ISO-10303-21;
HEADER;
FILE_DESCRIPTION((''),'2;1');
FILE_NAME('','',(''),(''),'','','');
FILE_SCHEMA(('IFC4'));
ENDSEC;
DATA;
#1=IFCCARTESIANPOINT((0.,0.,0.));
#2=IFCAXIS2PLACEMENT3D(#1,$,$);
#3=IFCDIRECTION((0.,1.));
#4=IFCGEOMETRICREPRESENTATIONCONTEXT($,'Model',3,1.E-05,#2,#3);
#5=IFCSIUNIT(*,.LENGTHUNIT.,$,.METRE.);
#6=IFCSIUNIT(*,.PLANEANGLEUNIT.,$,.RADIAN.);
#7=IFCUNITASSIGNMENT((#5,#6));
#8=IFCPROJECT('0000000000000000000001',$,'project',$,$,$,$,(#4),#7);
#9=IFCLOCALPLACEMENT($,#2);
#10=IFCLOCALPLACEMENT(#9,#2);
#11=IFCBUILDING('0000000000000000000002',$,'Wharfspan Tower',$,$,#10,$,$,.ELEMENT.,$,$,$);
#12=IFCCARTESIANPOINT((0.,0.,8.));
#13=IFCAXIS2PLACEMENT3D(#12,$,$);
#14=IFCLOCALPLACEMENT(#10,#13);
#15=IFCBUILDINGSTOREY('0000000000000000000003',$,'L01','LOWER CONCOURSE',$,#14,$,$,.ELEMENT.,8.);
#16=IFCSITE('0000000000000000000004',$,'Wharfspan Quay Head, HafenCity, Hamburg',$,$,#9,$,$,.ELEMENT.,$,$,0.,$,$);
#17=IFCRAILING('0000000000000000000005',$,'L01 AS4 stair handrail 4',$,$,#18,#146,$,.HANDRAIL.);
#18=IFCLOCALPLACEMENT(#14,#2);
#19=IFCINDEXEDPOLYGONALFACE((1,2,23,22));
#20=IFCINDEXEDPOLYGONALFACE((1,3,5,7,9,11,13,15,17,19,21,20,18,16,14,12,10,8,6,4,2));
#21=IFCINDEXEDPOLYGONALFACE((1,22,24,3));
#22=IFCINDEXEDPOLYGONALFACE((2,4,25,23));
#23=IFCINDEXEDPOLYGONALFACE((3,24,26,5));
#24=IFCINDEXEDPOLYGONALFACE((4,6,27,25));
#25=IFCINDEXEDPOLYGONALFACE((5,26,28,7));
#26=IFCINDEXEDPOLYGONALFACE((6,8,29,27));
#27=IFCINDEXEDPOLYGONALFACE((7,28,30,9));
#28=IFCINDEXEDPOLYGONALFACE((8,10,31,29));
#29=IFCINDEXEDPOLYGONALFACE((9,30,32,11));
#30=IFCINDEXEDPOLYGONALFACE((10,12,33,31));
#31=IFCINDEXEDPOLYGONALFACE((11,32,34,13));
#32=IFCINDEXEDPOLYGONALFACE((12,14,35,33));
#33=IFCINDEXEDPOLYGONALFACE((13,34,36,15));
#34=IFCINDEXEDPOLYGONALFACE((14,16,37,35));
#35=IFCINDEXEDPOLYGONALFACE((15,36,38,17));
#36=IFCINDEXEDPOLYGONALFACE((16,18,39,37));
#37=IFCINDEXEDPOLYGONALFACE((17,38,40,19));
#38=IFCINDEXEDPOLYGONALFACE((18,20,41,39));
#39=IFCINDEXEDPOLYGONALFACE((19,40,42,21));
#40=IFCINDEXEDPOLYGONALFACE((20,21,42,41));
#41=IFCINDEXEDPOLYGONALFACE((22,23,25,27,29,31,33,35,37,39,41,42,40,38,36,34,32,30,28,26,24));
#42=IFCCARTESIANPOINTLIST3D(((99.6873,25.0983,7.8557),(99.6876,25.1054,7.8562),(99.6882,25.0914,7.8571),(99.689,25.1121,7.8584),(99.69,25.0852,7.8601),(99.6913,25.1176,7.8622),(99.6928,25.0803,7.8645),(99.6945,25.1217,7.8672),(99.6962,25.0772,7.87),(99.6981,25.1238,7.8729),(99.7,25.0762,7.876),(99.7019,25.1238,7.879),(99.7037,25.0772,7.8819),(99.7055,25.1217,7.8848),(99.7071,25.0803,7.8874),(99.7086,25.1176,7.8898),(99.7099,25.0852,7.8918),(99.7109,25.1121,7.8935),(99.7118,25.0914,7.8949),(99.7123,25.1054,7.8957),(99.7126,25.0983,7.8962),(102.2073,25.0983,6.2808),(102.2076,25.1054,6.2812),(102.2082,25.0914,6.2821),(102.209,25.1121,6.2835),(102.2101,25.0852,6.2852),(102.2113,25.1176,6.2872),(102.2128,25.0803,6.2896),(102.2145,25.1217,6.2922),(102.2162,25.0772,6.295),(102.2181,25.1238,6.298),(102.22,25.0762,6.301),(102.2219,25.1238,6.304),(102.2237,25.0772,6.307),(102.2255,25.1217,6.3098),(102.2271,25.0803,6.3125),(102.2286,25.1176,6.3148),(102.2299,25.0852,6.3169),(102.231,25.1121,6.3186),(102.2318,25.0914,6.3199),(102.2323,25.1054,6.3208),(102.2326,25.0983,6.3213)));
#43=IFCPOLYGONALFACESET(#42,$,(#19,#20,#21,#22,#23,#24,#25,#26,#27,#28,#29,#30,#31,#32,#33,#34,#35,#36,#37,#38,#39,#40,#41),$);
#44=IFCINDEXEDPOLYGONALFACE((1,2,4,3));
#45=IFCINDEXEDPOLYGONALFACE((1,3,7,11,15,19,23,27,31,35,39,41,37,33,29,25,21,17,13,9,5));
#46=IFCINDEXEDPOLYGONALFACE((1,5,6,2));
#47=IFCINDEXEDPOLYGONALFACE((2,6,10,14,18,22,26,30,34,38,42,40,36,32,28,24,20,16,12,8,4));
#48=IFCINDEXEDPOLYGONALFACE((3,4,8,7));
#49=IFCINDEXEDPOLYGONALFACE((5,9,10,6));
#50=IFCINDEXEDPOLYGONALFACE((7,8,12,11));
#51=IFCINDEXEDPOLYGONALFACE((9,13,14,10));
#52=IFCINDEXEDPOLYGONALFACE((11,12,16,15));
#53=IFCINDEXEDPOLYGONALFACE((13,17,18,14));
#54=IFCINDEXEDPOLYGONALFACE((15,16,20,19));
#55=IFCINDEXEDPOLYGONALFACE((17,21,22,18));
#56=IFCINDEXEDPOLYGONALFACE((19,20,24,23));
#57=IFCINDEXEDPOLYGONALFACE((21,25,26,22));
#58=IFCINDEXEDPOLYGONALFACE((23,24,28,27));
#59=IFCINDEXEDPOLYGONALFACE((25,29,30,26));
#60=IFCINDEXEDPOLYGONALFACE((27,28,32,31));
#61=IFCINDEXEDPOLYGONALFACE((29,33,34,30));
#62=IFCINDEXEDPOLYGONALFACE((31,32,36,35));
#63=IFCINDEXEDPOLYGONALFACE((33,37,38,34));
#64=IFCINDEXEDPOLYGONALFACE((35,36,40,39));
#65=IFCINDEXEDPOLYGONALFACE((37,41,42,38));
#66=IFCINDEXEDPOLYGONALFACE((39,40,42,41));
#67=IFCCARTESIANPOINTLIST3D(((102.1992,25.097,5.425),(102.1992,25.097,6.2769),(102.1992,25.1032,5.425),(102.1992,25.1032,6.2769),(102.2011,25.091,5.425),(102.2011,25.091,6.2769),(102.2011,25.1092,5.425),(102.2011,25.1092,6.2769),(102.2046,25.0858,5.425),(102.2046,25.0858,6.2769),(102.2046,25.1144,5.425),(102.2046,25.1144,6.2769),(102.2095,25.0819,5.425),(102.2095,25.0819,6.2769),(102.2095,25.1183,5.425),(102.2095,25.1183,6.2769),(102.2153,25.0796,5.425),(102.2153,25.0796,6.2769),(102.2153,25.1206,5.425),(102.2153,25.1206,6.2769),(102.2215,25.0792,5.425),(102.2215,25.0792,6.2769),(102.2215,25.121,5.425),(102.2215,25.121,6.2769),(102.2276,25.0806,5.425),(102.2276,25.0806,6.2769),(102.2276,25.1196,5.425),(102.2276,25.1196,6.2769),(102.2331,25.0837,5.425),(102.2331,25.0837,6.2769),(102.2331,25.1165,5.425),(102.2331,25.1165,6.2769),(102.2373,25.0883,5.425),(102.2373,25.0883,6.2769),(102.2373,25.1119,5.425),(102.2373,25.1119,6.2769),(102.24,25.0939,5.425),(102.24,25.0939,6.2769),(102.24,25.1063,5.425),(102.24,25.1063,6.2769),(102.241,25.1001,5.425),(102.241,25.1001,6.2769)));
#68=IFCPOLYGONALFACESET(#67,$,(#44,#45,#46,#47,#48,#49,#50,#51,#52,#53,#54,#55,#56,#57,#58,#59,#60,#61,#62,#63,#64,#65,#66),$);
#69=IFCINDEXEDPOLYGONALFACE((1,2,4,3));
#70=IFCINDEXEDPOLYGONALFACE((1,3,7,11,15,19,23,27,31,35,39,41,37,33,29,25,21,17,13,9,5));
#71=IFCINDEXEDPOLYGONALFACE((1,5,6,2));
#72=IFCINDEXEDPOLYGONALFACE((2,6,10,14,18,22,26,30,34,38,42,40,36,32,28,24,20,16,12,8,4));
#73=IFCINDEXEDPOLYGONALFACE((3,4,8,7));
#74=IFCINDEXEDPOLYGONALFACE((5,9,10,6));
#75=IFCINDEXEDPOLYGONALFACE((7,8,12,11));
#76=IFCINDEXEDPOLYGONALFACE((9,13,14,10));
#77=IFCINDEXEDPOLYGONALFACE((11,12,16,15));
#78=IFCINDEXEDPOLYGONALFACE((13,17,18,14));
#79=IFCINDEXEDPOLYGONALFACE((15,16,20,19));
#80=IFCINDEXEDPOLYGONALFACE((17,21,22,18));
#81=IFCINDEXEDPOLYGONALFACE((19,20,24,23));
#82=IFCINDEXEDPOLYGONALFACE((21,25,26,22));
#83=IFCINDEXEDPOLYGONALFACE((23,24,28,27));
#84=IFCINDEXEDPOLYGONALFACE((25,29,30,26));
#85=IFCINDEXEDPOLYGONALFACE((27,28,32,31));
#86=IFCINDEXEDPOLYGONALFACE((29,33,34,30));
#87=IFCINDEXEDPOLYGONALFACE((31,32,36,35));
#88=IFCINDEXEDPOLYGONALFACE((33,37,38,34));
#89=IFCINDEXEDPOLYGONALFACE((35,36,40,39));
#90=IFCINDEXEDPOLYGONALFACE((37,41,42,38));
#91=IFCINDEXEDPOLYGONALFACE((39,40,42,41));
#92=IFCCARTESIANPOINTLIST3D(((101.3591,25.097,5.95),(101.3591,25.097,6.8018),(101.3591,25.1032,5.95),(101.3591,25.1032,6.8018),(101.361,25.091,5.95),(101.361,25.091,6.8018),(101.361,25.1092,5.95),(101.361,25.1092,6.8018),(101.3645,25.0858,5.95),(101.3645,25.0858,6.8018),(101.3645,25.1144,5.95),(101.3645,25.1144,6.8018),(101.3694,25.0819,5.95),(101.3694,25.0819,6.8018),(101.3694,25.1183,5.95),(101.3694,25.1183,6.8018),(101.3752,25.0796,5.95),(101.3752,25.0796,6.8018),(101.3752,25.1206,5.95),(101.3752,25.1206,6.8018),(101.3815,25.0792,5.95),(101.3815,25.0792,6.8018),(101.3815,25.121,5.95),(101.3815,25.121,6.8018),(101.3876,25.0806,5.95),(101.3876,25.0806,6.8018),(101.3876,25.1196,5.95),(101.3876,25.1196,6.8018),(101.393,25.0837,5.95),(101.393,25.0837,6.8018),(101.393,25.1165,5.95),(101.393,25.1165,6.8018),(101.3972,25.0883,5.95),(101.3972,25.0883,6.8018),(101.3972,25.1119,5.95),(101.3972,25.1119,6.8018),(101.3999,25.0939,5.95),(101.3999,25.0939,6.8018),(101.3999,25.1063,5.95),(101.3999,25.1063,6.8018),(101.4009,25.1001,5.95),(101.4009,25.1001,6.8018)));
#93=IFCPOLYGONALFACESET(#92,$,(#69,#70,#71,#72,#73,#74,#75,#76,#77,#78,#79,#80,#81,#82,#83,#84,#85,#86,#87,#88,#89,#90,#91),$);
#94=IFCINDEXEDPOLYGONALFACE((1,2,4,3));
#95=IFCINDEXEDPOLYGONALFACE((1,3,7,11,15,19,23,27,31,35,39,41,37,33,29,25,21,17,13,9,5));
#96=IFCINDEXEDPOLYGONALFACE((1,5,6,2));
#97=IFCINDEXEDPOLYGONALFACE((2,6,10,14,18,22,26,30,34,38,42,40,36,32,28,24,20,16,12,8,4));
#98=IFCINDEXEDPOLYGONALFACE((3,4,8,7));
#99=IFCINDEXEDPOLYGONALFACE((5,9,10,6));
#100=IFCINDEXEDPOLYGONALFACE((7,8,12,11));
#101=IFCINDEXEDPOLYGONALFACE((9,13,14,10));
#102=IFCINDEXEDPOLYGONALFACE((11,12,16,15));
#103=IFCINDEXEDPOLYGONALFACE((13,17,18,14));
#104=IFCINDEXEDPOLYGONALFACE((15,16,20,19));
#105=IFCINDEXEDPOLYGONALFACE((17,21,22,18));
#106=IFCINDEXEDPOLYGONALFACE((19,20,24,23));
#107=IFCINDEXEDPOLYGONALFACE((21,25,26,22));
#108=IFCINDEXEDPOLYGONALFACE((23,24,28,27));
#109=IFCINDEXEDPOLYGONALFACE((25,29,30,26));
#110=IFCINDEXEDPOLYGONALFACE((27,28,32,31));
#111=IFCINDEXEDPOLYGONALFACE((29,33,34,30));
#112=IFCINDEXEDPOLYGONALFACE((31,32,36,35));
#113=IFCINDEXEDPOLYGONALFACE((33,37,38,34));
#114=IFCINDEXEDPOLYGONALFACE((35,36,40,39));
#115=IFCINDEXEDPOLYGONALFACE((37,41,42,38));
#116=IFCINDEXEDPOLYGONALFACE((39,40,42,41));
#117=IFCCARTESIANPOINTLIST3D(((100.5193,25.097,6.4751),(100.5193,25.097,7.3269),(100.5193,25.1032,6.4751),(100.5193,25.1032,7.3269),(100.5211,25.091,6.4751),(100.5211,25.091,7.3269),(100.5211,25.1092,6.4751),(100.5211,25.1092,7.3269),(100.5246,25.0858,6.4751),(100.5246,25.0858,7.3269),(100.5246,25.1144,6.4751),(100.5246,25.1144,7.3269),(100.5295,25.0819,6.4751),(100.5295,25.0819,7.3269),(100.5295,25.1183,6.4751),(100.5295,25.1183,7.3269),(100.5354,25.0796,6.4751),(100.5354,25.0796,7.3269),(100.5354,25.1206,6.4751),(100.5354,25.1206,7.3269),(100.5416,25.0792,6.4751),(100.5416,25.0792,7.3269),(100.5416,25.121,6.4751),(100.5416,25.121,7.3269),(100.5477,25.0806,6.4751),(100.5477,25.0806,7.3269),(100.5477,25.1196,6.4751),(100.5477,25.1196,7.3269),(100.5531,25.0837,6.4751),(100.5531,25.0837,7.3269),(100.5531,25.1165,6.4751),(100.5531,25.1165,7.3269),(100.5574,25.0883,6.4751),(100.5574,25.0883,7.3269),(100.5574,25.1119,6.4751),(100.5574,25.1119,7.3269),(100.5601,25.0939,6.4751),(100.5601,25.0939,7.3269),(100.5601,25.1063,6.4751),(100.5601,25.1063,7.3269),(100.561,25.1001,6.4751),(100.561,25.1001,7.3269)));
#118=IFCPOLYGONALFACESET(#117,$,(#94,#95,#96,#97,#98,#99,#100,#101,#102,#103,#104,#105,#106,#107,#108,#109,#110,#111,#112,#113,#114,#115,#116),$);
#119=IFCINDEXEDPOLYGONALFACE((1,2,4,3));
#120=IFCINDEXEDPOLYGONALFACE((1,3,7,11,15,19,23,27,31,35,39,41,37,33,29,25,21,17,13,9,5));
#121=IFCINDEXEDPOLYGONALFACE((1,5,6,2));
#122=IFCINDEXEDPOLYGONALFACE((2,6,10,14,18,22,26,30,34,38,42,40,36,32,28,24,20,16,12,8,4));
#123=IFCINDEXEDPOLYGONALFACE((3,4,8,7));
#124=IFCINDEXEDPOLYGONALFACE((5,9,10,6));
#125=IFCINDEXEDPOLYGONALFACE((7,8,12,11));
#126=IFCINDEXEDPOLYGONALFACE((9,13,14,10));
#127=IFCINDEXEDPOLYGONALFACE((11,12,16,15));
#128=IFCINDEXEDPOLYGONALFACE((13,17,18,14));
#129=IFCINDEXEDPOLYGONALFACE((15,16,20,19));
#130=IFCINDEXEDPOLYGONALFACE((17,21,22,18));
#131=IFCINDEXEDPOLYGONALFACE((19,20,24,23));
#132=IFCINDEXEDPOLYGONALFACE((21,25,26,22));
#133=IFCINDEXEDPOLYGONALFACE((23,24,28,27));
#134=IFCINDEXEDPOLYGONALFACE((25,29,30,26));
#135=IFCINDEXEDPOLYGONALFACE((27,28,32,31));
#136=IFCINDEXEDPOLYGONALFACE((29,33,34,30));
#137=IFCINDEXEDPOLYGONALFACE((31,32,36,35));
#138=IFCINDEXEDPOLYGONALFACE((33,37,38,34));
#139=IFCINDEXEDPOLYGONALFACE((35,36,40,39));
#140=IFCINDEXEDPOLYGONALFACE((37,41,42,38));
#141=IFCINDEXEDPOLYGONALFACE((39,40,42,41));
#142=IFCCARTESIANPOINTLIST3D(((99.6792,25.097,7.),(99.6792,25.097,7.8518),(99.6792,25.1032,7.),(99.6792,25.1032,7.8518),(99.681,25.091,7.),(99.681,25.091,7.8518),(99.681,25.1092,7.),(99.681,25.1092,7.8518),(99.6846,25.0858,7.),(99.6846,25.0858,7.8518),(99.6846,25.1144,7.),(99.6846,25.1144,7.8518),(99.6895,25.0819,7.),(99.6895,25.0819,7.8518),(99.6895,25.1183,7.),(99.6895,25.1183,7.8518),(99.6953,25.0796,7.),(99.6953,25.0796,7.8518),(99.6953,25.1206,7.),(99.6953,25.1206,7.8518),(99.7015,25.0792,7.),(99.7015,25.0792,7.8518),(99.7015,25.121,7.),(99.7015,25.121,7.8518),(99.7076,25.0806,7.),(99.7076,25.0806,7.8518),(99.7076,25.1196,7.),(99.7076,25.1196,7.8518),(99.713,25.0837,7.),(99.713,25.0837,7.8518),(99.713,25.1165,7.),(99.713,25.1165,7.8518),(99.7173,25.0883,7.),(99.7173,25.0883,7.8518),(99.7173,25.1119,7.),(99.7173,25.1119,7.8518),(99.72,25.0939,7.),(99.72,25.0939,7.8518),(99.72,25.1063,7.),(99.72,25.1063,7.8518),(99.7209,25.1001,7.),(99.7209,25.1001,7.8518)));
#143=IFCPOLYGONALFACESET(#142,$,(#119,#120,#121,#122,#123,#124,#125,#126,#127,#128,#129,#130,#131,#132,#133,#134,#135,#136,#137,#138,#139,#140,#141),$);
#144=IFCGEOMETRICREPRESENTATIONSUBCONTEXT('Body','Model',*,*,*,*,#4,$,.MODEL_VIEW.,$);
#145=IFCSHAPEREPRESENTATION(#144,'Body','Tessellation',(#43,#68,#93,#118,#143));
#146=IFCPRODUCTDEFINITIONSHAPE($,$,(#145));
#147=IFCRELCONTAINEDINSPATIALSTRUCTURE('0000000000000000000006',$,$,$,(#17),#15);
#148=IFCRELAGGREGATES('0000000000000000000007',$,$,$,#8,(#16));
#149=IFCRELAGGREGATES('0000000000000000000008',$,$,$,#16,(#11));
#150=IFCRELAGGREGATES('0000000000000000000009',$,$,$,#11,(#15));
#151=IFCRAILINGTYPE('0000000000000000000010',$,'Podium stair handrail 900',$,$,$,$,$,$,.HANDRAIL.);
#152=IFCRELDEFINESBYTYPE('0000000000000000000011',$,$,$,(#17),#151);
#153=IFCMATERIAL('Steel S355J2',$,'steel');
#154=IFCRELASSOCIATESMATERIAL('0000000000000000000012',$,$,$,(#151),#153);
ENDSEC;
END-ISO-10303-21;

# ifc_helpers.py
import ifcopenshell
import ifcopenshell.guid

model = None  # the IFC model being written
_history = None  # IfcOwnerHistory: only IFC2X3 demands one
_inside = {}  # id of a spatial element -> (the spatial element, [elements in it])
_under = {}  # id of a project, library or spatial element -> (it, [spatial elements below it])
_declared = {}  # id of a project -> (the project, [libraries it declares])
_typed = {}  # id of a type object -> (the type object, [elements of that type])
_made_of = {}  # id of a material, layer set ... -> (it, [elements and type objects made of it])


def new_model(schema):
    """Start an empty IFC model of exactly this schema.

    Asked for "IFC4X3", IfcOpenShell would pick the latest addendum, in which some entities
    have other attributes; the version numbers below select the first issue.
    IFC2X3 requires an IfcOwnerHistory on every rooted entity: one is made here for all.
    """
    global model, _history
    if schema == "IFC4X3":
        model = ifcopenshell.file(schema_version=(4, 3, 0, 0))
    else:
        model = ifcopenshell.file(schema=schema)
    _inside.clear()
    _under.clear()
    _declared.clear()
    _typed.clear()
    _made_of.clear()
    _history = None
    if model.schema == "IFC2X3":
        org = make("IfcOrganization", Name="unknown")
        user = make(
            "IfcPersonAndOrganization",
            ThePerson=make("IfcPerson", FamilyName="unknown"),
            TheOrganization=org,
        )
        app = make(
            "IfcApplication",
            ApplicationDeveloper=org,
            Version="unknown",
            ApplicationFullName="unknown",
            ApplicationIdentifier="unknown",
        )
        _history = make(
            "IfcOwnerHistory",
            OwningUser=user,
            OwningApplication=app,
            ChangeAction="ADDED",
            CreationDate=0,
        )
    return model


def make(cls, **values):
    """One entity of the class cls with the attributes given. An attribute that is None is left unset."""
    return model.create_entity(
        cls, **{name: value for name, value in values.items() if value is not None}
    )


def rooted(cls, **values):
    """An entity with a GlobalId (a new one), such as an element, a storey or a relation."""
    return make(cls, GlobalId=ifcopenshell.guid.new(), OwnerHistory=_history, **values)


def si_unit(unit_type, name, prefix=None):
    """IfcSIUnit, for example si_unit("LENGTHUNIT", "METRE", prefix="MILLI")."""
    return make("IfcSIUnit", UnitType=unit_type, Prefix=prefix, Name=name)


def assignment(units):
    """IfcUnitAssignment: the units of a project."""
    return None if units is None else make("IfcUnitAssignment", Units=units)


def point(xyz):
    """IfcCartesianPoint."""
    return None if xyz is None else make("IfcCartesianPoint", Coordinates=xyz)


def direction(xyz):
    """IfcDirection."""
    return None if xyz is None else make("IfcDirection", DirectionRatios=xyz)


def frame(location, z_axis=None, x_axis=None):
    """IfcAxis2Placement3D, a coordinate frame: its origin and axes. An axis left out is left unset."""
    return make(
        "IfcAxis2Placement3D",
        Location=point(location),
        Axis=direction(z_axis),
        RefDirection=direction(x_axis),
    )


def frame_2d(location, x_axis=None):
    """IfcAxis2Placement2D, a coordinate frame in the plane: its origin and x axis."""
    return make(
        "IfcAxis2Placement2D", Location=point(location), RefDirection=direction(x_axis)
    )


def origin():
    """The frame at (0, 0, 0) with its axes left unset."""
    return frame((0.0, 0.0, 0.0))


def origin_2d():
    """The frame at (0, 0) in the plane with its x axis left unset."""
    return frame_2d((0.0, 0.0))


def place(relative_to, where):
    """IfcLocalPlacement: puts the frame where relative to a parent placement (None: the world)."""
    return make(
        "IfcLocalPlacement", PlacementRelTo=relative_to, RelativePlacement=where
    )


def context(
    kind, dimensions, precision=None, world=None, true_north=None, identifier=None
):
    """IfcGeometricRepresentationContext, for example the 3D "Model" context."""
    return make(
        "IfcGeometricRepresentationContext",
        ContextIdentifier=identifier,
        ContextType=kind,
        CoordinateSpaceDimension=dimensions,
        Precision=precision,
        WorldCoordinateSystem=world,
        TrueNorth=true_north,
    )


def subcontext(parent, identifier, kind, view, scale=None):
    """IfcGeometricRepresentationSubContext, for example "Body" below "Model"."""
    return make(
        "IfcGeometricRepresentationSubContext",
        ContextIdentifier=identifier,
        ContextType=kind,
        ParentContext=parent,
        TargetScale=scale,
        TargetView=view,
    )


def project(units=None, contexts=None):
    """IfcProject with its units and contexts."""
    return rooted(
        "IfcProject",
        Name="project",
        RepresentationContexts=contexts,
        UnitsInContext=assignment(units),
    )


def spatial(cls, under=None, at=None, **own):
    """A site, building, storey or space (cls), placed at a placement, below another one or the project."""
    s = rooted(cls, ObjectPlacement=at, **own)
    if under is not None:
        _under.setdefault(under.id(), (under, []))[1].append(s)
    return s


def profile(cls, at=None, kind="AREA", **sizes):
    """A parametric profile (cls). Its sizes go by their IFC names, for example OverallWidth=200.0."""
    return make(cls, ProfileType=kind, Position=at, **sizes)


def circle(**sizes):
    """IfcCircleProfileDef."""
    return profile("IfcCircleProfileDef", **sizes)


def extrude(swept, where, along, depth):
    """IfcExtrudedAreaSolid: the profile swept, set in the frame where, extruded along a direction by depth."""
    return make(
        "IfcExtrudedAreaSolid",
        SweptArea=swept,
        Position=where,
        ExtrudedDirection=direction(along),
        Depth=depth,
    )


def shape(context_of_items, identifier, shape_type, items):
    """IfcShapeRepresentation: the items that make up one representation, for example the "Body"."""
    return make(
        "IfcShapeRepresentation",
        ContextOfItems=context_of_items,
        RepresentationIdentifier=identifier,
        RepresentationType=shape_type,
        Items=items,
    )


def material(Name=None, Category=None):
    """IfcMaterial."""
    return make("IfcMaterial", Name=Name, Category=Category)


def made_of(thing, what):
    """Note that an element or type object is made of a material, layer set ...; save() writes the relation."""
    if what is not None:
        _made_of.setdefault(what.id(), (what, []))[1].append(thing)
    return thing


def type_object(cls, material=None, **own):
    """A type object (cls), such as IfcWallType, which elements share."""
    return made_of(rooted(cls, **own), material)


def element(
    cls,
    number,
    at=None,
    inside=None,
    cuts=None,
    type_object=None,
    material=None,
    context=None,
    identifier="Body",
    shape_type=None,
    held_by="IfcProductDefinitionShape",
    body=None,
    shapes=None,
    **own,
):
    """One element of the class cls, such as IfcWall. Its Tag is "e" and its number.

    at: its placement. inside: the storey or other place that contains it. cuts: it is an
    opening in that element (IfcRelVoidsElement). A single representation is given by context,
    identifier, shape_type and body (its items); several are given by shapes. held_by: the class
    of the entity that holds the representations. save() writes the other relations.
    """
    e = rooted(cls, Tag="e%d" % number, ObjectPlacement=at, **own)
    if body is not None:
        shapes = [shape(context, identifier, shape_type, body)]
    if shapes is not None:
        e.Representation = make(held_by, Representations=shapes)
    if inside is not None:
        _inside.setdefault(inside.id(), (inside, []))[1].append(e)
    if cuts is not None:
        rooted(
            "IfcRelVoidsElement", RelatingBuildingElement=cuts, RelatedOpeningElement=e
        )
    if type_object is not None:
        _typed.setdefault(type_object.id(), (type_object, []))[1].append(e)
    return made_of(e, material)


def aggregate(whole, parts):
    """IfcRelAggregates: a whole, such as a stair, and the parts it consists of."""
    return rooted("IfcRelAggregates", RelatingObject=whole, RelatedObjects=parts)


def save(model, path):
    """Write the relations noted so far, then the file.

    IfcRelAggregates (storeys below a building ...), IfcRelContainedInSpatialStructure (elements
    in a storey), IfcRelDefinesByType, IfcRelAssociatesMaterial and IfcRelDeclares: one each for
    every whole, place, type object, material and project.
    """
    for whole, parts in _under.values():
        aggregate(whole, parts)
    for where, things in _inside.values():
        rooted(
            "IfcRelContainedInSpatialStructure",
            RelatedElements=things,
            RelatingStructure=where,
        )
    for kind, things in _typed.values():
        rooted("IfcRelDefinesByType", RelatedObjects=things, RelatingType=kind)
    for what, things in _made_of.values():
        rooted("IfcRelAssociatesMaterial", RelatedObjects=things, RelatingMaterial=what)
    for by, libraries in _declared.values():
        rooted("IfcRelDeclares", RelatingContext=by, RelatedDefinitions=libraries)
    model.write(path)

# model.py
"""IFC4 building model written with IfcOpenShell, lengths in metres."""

from ifc_helpers import new_model, si_unit, direction, frame, origin, origin_2d, place, context, subcontext, project, spatial, circle, extrude, material, type_object, element, save


model = new_model("IFC4")

# Units and contexts
model_context = context("Model", 3, precision=1e-05, world=origin(), true_north=direction((0.0, 1.0)))
body_context = subcontext(model_context, "Body", "Model", "MODEL_VIEW")
ifc_project = project(units=[si_unit("LENGTHUNIT", "METRE"), si_unit("PLANEANGLEUNIT", "RADIAN")], contexts=[model_context])

# Site, building, storey
site_placement = place(None, origin())
site = spatial("IfcSite", under=ifc_project, at=site_placement, Name="Wharfspan Quay Head, HafenCity, Hamburg", CompositionType="ELEMENT", RefElevation=0.0)
building_placement = place(site_placement, origin())
building = spatial("IfcBuilding", under=site, at=building_placement, Name="Wharfspan Tower", CompositionType="ELEMENT")
storey_placement = place(building_placement, frame((0.0, 0.0, 8.0)))
storey = spatial("IfcBuildingStorey", under=building, at=storey_placement, Name="L01", Description="LOWER CONCOURSE", CompositionType="ELEMENT", Elevation=8.0)

# Railing
ifc_material_1 = material(Name="Steel S355J2", Category="steel")
railing_type_1 = type_object("IfcRailingType", Name="Podium stair handrail 900", PredefinedType="HANDRAIL", material=ifc_material_1)
for number, where, name in (
    (1, (102.22, 25.1001, 5.425), "L01 AS4 stair handrail 4"),
):
    element("IfcRailing", number, at=place(storey_placement, frame(where)), inside=storey, type_object=railing_type_1, Name=name, PredefinedType="HANDRAIL", context=body_context, shape_type="SweptSolid", body=[
        extrude(circle(Radius=0.0239, at=origin_2d()), frame((0.0, 0.0, 0.876), z_axis=(-0.848008, 0.0, 0.529984), x_axis=(0.0, -1.0, 0.0)), (0.0, 0.0, 1.0), 2.9717),
        extrude(circle(Radius=0.021, at=origin_2d()), origin(), (0.0, 0.0, 1.0), 0.8518),
        extrude(circle(Radius=0.021, at=origin_2d()), frame((-0.8401, 0.0, 0.5249)), (0.0, 0.0, 1.0), 0.8518),
        extrude(circle(Radius=0.021, at=origin_2d()), frame((-1.6799, 0.0, 1.05)), (0.0, 0.0, 1.0), 0.8518),
        extrude(circle(Radius=0.021, at=origin_2d()), frame((-2.52, 0.0, 1.575)), (0.0, 0.0, 1.0), 0.8518),
    ])

save(model, "model.ifc")
